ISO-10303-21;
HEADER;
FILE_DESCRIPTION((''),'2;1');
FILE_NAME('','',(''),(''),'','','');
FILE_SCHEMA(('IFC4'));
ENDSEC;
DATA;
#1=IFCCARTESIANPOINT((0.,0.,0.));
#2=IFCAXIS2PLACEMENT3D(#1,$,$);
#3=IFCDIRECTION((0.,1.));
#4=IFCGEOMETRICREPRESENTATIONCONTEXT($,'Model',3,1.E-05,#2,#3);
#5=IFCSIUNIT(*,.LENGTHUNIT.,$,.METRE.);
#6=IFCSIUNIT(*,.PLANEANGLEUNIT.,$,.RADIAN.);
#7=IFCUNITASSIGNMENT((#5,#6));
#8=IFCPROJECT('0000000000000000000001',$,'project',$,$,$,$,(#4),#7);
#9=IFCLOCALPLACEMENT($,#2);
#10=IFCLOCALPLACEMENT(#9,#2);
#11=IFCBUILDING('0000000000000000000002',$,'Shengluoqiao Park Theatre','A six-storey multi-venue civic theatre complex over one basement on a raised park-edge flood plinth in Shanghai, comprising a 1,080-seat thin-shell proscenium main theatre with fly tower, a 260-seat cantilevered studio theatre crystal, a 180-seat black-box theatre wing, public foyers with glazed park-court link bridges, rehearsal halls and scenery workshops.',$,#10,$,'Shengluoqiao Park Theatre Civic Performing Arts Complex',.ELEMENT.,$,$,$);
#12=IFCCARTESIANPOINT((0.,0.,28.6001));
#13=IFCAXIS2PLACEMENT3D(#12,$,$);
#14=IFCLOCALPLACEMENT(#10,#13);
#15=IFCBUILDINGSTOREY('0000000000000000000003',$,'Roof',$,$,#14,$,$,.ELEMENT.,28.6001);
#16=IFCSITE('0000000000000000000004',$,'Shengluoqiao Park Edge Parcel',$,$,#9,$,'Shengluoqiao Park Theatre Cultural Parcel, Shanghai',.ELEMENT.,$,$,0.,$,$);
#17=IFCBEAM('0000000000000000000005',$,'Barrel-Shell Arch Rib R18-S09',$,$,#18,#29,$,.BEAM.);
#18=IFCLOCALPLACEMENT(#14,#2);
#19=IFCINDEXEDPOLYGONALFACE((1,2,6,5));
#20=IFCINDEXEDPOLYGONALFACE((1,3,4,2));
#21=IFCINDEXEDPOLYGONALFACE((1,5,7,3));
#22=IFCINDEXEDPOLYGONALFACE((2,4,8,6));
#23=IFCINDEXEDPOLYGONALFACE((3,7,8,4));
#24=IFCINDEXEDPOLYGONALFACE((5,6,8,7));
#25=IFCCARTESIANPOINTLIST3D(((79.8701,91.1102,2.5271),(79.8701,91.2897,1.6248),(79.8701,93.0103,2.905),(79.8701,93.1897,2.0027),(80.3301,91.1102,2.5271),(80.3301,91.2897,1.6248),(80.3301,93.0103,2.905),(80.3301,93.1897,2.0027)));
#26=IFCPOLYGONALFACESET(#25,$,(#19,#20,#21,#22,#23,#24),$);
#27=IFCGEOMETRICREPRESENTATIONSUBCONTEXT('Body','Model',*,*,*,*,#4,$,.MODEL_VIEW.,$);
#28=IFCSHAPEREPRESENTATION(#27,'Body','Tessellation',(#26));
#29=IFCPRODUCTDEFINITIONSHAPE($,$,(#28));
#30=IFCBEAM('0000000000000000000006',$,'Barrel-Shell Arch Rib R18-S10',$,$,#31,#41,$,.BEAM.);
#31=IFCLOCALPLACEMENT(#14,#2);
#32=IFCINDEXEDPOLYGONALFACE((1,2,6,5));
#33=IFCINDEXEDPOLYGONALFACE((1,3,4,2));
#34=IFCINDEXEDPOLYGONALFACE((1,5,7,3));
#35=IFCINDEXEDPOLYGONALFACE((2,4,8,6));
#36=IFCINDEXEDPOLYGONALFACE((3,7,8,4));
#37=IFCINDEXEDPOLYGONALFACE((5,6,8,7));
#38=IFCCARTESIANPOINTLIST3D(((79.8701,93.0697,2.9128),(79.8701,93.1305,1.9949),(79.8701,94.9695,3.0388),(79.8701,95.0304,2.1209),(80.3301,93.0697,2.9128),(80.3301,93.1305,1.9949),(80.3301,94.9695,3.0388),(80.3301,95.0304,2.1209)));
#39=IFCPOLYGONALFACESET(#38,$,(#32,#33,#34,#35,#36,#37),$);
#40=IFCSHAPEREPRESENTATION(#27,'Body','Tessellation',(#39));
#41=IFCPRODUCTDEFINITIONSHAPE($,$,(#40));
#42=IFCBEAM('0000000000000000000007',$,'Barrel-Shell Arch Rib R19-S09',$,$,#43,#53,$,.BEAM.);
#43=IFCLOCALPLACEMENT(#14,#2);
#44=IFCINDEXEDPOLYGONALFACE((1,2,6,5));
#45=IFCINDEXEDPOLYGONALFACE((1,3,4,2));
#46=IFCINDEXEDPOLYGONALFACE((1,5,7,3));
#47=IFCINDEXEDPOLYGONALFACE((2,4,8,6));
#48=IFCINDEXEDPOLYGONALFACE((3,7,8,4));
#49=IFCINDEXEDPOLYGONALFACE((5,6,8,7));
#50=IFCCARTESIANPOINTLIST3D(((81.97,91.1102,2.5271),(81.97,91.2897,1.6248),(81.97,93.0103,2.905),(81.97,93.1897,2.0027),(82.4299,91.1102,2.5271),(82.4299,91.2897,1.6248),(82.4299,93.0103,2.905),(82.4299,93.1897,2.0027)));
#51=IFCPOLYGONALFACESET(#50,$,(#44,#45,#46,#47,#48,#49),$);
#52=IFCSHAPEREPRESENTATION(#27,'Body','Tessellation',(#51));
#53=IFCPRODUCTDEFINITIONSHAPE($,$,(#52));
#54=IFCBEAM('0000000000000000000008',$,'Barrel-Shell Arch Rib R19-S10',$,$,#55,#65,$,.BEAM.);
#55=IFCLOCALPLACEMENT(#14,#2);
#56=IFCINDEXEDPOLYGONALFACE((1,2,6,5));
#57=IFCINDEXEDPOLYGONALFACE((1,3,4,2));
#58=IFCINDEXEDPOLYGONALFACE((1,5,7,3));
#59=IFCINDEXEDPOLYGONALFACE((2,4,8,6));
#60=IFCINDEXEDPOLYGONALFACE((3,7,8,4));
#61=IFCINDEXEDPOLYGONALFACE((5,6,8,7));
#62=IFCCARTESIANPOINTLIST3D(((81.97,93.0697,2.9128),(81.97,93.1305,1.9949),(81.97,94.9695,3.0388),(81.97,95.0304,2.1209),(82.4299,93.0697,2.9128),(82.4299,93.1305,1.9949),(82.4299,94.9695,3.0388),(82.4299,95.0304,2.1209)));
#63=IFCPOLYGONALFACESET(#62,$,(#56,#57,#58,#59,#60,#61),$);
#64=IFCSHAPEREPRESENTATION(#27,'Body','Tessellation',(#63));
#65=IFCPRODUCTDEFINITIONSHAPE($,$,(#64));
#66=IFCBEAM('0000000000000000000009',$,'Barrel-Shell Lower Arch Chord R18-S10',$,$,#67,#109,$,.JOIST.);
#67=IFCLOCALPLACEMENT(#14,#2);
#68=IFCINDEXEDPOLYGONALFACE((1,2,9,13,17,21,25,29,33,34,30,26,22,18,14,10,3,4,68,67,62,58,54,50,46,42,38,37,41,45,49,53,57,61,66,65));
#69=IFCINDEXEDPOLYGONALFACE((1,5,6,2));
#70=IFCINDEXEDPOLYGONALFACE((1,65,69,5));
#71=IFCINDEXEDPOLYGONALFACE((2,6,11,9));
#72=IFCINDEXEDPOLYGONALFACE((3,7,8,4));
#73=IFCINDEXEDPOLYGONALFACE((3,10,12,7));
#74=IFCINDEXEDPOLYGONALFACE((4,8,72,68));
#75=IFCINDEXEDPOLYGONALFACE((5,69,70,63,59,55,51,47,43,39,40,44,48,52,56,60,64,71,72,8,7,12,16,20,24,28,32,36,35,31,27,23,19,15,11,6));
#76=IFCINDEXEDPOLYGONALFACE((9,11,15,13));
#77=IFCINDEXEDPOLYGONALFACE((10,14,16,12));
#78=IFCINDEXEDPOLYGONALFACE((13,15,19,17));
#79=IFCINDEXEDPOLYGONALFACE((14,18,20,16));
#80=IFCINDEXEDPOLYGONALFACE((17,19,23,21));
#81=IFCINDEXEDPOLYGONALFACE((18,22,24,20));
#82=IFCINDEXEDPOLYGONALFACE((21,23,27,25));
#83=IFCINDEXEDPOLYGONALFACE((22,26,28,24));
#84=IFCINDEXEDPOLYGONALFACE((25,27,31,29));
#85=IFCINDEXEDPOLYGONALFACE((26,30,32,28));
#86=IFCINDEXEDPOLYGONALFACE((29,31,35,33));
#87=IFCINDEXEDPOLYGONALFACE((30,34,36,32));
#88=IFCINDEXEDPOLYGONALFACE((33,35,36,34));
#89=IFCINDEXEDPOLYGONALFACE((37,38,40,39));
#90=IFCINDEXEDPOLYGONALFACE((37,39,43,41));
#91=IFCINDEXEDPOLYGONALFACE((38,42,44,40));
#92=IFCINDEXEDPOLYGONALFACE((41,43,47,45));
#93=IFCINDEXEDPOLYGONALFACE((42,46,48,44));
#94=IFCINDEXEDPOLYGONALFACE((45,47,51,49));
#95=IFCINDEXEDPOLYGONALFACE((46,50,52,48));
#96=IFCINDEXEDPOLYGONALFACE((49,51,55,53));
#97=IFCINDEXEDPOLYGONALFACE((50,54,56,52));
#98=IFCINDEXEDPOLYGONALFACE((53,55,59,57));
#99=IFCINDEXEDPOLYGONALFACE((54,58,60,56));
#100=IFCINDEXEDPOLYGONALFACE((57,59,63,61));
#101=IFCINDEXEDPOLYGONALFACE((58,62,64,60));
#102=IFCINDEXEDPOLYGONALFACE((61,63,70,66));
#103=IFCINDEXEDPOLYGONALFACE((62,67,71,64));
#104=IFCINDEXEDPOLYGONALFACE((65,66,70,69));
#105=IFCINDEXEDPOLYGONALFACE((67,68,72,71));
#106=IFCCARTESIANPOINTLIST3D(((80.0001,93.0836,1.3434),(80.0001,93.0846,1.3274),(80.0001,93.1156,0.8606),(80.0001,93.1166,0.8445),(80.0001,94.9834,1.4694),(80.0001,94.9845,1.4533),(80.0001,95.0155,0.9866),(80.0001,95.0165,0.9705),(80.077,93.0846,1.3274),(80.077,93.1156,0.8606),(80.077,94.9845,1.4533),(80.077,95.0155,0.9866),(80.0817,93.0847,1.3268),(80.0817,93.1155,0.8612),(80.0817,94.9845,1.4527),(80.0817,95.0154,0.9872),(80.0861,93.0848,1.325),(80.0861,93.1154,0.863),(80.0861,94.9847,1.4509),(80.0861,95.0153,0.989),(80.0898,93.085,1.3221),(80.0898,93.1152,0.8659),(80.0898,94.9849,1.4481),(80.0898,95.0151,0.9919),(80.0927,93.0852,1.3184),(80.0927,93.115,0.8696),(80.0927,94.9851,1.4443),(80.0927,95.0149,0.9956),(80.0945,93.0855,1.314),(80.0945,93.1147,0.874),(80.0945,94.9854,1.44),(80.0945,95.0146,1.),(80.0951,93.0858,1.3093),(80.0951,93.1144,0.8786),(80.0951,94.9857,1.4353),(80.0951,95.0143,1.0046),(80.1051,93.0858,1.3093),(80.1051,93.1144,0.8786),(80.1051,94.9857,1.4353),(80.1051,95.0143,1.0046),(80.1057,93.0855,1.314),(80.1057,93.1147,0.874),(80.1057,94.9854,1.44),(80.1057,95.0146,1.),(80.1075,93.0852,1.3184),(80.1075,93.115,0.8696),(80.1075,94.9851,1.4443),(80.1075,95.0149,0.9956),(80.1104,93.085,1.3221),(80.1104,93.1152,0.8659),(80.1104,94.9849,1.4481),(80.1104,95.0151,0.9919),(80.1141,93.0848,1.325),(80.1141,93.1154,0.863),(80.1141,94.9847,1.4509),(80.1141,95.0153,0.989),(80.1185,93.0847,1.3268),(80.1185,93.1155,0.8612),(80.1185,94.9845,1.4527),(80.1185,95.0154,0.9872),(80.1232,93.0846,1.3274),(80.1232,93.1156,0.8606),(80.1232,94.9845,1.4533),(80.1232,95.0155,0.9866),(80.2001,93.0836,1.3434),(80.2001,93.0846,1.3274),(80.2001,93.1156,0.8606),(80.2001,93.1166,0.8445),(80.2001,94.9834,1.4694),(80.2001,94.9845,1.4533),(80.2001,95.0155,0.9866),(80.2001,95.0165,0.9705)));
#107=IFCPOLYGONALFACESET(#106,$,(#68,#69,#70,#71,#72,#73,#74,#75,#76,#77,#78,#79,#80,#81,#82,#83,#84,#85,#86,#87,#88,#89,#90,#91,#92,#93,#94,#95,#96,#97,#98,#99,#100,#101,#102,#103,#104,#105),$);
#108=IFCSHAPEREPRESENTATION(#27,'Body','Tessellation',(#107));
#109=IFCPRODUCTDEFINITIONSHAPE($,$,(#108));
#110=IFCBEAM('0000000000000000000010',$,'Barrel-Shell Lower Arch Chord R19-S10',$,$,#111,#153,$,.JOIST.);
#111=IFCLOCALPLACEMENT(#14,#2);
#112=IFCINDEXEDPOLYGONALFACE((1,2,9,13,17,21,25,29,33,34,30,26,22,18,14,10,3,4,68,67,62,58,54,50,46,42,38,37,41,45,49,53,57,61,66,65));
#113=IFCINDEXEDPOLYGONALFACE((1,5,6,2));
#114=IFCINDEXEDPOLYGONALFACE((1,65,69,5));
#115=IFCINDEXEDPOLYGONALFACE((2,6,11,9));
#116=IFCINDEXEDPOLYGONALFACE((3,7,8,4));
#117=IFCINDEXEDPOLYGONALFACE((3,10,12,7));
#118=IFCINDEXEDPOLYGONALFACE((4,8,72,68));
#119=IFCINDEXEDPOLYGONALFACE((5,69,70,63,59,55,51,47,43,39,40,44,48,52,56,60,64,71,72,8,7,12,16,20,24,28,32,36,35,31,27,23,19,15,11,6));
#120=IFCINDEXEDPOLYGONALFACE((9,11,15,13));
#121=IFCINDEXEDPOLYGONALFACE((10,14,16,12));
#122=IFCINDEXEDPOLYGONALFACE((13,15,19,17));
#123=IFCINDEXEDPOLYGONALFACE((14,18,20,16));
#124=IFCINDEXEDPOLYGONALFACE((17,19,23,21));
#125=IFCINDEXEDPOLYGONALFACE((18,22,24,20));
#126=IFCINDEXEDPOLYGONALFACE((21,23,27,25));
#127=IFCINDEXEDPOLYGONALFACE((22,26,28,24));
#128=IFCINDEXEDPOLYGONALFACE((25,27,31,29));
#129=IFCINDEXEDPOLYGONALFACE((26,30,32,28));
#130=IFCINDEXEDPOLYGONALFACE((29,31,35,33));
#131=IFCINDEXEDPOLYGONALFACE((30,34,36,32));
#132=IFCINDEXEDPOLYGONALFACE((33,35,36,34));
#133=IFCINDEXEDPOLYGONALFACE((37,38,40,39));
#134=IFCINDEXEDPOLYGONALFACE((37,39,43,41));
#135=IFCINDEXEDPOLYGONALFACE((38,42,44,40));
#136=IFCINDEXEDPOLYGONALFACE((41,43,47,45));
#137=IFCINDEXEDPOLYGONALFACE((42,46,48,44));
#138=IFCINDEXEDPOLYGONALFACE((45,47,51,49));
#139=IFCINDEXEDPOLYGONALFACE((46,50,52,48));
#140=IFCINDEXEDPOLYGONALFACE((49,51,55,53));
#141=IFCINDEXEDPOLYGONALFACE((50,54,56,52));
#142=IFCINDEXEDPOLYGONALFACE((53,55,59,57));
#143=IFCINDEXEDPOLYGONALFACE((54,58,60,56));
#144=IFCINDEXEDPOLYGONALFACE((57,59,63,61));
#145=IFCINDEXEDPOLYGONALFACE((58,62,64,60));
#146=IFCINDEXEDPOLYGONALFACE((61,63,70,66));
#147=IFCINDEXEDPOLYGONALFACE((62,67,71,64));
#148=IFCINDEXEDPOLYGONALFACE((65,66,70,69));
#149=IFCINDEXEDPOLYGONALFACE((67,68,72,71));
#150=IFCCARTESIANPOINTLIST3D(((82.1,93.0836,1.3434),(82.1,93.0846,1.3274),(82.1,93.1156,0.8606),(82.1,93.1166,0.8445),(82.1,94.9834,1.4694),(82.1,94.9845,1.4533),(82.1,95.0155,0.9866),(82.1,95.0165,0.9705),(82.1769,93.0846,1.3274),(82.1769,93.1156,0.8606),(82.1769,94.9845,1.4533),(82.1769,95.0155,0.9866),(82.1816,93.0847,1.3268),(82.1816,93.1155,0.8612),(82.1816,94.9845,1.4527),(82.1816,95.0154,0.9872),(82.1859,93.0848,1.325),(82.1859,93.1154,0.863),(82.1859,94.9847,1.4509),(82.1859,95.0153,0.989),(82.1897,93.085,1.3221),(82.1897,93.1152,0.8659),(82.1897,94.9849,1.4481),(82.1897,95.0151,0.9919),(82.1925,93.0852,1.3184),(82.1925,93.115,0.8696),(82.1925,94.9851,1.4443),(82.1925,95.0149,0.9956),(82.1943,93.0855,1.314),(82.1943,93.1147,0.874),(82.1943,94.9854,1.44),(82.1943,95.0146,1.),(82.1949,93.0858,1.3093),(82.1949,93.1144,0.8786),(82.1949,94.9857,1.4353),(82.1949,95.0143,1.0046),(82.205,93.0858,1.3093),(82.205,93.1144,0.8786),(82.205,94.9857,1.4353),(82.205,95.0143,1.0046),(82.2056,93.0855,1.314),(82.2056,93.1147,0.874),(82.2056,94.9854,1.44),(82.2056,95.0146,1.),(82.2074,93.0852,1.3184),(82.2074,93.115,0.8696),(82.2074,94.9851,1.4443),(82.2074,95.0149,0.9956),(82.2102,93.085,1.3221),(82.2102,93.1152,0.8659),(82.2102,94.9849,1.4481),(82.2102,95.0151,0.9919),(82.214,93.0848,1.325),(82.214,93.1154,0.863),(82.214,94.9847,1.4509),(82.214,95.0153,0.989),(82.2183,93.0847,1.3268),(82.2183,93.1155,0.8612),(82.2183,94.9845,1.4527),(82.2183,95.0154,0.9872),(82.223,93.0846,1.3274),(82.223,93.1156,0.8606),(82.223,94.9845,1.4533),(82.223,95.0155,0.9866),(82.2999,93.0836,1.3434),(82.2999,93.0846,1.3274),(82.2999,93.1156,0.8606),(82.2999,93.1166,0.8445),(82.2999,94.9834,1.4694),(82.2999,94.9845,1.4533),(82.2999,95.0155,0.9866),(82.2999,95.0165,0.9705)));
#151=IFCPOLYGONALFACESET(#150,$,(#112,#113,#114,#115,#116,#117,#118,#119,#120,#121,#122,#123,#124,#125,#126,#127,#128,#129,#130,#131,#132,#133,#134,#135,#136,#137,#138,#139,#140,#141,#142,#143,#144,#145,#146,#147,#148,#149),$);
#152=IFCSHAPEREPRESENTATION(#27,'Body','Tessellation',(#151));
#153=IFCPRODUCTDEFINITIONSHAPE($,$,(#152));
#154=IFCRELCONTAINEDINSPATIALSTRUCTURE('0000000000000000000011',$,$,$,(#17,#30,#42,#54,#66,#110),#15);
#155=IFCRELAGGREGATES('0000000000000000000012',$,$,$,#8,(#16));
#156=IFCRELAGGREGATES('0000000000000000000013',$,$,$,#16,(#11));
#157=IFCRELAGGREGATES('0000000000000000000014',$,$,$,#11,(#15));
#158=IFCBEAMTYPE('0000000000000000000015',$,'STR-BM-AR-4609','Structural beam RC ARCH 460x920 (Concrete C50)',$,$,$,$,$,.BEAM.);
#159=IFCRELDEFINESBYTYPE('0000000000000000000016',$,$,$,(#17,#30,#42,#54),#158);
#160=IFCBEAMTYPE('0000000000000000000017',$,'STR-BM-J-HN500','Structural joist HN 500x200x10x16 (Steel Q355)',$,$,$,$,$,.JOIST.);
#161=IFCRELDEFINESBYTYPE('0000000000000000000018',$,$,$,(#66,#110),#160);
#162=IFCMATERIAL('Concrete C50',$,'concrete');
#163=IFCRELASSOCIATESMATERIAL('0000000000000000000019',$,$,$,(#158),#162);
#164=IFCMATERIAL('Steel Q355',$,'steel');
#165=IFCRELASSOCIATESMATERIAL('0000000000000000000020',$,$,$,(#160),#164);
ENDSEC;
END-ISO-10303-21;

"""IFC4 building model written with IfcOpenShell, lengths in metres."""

from ifc_helpers import new_model, si_unit, direction, frame, origin, origin_2d, place, context, subcontext, project, spatial, rectangle, i_section, extrude, material, material_profile, profile_set, type_object, element, save


model = new_model("IFC4")

# Units and contexts
model_context = context("Model", 3, precision=1e-05, world=origin(), true_north=direction((0.0, 1.0)))
body_context = subcontext(model_context, "Body", "Model", "MODEL_VIEW")
ifc_project = project(units=[si_unit("LENGTHUNIT", "METRE"), si_unit("PLANEANGLEUNIT", "RADIAN")], contexts=[model_context])

# Site, building, storey
site_placement = place(None, origin())
site = spatial("IfcSite", under=ifc_project, at=site_placement, Name="Shengluoqiao Park Edge Parcel", LongName="Shengluoqiao Park Theatre Cultural Parcel, Shanghai", CompositionType="ELEMENT", RefElevation=0.0)
building_placement = place(site_placement, origin())
building = spatial("IfcBuilding", under=site, at=building_placement, Name="Shengluoqiao Park Theatre", Description="A six-storey multi-venue civic theatre complex over one basement on a raised park-edge flood plinth in Shanghai, comprising a 1,080-seat thin-shell proscenium main theatre with fly tower, a 260-seat cantilevered studio theatre crystal, a 180-seat black-box theatre wing, public foyers with glazed park-court link bridges, rehearsal halls and scenery workshops.", LongName="Shengluoqiao Park Theatre Civic Performing Arts Complex", CompositionType="ELEMENT")
storey_placement = place(building_placement, frame((0.0, 0.0, 28.6001)))
storey = spatial("IfcBuildingStorey", under=building, at=storey_placement, Name="Roof", CompositionType="ELEMENT", Elevation=28.6001)

# Beams
ifc_material_1 = material(Name="Concrete C50", Category="concrete")
ifc_material_profile_1 = material_profile(ifc_material_1, rectangle(XDim=0.46, YDim=0.9199, at=origin_2d()), Name="RC ARCH 460x920")
ifc_profile_set_1 = profile_set([ifc_material_profile_1], Name="Concrete C50")
beam_type_1 = type_object("IfcBeamType", Name="STR-BM-AR-4609", Description="Structural beam RC ARCH 460x920 (Concrete C50)", PredefinedType="BEAM", material=ifc_profile_set_1)
beam_1_placement = place(storey_placement, frame((80.1001, 91.2, 2.0759), z_axis=(0.0, 0.980789, 0.195074), x_axis=(-1.0, 0.0, 0.0)))
element("IfcBeam", 1, at=beam_1_placement, inside=storey, type_object=beam_type_1, Name="Barrel-Shell Arch Rib R18-S09", PredefinedType="BEAM", context=body_context, shape_type="SweptSolid", body=[
    extrude(rectangle(XDim=0.46, YDim=0.9199, at=origin_2d()), origin(), (0.0, 0.0, 1.0), 1.9373),
])
beam_2_placement = place(storey_placement, frame((80.1001, 93.1001, 2.4539), z_axis=(0.0, 0.997809, 0.066162), x_axis=(-1.0, 0.0, 0.0)))
element("IfcBeam", 2, at=beam_2_placement, inside=storey, type_object=beam_type_1, Name="Barrel-Shell Arch Rib R18-S10", PredefinedType="BEAM", context=body_context, shape_type="SweptSolid", body=[
    extrude(rectangle(XDim=0.46, YDim=0.9199, at=origin_2d()), origin(), (0.0, 0.0, 1.0), 1.9041),
])
beam_3_placement = place(storey_placement, frame((82.2, 91.2, 2.0759), z_axis=(0.0, 0.980789, 0.195074), x_axis=(-1.0, 0.0, 0.0)))
element("IfcBeam", 3, at=beam_3_placement, inside=storey, type_object=beam_type_1, Name="Barrel-Shell Arch Rib R19-S09", PredefinedType="BEAM", context=body_context, shape_type="SweptSolid", body=[
    extrude(rectangle(XDim=0.46, YDim=0.9199, at=origin_2d()), origin(), (0.0, 0.0, 1.0), 1.9373),
])
beam_4_placement = place(storey_placement, frame((82.2, 93.1001, 2.4539), z_axis=(0.0, 0.997809, 0.066162), x_axis=(-1.0, 0.0, 0.0)))
element("IfcBeam", 4, at=beam_4_placement, inside=storey, type_object=beam_type_1, Name="Barrel-Shell Arch Rib R19-S10", PredefinedType="BEAM", context=body_context, shape_type="SweptSolid", body=[
    extrude(rectangle(XDim=0.46, YDim=0.9199, at=origin_2d()), origin(), (0.0, 0.0, 1.0), 1.9041),
])
ifc_material_2 = material(Name="Steel Q355", Category="steel")
ifc_material_profile_2 = material_profile(ifc_material_2, i_section(OverallWidth=0.2, OverallDepth=0.5, WebThickness=0.01, FlangeThickness=0.0161, FilletRadius=0.0181, at=origin_2d()), Name="HN 500x200x10x16")
ifc_profile_set_2 = profile_set([ifc_material_profile_2], Name="Steel Q355")
beam_type_2 = type_object("IfcBeamType", Name="STR-BM-J-HN500", Description="Structural joist HN 500x200x10x16 (Steel Q355)", PredefinedType="JOIST", material=ifc_profile_set_2)
for number, where, z_axis, x_axis, name in (
    (5, (80.1001, 93.1001, 1.094), (0.0, 0.997809, 0.066162), (-1.0, 0.0, 0.0), "Barrel-Shell Lower Arch Chord R18-S10"),
    (6, (82.2, 93.1001, 1.094), (0.0, 0.997809, 0.066162), (-1.0, 0.0, 0.0), "Barrel-Shell Lower Arch Chord R19-S10"),
):
    element("IfcBeam", number, at=place(storey_placement, frame(where, z_axis=z_axis, x_axis=x_axis)), inside=storey, type_object=beam_type_2, Name=name, PredefinedType="JOIST", context=body_context, shape_type="SweptSolid", body=[
        extrude(i_section(OverallWidth=0.2, OverallDepth=0.5, WebThickness=0.01, FlangeThickness=0.0161, FilletRadius=0.0181, at=origin_2d()), origin(), (0.0, 0.0, 1.0), 1.9041),
    ])

save(model, "model.ifc")
